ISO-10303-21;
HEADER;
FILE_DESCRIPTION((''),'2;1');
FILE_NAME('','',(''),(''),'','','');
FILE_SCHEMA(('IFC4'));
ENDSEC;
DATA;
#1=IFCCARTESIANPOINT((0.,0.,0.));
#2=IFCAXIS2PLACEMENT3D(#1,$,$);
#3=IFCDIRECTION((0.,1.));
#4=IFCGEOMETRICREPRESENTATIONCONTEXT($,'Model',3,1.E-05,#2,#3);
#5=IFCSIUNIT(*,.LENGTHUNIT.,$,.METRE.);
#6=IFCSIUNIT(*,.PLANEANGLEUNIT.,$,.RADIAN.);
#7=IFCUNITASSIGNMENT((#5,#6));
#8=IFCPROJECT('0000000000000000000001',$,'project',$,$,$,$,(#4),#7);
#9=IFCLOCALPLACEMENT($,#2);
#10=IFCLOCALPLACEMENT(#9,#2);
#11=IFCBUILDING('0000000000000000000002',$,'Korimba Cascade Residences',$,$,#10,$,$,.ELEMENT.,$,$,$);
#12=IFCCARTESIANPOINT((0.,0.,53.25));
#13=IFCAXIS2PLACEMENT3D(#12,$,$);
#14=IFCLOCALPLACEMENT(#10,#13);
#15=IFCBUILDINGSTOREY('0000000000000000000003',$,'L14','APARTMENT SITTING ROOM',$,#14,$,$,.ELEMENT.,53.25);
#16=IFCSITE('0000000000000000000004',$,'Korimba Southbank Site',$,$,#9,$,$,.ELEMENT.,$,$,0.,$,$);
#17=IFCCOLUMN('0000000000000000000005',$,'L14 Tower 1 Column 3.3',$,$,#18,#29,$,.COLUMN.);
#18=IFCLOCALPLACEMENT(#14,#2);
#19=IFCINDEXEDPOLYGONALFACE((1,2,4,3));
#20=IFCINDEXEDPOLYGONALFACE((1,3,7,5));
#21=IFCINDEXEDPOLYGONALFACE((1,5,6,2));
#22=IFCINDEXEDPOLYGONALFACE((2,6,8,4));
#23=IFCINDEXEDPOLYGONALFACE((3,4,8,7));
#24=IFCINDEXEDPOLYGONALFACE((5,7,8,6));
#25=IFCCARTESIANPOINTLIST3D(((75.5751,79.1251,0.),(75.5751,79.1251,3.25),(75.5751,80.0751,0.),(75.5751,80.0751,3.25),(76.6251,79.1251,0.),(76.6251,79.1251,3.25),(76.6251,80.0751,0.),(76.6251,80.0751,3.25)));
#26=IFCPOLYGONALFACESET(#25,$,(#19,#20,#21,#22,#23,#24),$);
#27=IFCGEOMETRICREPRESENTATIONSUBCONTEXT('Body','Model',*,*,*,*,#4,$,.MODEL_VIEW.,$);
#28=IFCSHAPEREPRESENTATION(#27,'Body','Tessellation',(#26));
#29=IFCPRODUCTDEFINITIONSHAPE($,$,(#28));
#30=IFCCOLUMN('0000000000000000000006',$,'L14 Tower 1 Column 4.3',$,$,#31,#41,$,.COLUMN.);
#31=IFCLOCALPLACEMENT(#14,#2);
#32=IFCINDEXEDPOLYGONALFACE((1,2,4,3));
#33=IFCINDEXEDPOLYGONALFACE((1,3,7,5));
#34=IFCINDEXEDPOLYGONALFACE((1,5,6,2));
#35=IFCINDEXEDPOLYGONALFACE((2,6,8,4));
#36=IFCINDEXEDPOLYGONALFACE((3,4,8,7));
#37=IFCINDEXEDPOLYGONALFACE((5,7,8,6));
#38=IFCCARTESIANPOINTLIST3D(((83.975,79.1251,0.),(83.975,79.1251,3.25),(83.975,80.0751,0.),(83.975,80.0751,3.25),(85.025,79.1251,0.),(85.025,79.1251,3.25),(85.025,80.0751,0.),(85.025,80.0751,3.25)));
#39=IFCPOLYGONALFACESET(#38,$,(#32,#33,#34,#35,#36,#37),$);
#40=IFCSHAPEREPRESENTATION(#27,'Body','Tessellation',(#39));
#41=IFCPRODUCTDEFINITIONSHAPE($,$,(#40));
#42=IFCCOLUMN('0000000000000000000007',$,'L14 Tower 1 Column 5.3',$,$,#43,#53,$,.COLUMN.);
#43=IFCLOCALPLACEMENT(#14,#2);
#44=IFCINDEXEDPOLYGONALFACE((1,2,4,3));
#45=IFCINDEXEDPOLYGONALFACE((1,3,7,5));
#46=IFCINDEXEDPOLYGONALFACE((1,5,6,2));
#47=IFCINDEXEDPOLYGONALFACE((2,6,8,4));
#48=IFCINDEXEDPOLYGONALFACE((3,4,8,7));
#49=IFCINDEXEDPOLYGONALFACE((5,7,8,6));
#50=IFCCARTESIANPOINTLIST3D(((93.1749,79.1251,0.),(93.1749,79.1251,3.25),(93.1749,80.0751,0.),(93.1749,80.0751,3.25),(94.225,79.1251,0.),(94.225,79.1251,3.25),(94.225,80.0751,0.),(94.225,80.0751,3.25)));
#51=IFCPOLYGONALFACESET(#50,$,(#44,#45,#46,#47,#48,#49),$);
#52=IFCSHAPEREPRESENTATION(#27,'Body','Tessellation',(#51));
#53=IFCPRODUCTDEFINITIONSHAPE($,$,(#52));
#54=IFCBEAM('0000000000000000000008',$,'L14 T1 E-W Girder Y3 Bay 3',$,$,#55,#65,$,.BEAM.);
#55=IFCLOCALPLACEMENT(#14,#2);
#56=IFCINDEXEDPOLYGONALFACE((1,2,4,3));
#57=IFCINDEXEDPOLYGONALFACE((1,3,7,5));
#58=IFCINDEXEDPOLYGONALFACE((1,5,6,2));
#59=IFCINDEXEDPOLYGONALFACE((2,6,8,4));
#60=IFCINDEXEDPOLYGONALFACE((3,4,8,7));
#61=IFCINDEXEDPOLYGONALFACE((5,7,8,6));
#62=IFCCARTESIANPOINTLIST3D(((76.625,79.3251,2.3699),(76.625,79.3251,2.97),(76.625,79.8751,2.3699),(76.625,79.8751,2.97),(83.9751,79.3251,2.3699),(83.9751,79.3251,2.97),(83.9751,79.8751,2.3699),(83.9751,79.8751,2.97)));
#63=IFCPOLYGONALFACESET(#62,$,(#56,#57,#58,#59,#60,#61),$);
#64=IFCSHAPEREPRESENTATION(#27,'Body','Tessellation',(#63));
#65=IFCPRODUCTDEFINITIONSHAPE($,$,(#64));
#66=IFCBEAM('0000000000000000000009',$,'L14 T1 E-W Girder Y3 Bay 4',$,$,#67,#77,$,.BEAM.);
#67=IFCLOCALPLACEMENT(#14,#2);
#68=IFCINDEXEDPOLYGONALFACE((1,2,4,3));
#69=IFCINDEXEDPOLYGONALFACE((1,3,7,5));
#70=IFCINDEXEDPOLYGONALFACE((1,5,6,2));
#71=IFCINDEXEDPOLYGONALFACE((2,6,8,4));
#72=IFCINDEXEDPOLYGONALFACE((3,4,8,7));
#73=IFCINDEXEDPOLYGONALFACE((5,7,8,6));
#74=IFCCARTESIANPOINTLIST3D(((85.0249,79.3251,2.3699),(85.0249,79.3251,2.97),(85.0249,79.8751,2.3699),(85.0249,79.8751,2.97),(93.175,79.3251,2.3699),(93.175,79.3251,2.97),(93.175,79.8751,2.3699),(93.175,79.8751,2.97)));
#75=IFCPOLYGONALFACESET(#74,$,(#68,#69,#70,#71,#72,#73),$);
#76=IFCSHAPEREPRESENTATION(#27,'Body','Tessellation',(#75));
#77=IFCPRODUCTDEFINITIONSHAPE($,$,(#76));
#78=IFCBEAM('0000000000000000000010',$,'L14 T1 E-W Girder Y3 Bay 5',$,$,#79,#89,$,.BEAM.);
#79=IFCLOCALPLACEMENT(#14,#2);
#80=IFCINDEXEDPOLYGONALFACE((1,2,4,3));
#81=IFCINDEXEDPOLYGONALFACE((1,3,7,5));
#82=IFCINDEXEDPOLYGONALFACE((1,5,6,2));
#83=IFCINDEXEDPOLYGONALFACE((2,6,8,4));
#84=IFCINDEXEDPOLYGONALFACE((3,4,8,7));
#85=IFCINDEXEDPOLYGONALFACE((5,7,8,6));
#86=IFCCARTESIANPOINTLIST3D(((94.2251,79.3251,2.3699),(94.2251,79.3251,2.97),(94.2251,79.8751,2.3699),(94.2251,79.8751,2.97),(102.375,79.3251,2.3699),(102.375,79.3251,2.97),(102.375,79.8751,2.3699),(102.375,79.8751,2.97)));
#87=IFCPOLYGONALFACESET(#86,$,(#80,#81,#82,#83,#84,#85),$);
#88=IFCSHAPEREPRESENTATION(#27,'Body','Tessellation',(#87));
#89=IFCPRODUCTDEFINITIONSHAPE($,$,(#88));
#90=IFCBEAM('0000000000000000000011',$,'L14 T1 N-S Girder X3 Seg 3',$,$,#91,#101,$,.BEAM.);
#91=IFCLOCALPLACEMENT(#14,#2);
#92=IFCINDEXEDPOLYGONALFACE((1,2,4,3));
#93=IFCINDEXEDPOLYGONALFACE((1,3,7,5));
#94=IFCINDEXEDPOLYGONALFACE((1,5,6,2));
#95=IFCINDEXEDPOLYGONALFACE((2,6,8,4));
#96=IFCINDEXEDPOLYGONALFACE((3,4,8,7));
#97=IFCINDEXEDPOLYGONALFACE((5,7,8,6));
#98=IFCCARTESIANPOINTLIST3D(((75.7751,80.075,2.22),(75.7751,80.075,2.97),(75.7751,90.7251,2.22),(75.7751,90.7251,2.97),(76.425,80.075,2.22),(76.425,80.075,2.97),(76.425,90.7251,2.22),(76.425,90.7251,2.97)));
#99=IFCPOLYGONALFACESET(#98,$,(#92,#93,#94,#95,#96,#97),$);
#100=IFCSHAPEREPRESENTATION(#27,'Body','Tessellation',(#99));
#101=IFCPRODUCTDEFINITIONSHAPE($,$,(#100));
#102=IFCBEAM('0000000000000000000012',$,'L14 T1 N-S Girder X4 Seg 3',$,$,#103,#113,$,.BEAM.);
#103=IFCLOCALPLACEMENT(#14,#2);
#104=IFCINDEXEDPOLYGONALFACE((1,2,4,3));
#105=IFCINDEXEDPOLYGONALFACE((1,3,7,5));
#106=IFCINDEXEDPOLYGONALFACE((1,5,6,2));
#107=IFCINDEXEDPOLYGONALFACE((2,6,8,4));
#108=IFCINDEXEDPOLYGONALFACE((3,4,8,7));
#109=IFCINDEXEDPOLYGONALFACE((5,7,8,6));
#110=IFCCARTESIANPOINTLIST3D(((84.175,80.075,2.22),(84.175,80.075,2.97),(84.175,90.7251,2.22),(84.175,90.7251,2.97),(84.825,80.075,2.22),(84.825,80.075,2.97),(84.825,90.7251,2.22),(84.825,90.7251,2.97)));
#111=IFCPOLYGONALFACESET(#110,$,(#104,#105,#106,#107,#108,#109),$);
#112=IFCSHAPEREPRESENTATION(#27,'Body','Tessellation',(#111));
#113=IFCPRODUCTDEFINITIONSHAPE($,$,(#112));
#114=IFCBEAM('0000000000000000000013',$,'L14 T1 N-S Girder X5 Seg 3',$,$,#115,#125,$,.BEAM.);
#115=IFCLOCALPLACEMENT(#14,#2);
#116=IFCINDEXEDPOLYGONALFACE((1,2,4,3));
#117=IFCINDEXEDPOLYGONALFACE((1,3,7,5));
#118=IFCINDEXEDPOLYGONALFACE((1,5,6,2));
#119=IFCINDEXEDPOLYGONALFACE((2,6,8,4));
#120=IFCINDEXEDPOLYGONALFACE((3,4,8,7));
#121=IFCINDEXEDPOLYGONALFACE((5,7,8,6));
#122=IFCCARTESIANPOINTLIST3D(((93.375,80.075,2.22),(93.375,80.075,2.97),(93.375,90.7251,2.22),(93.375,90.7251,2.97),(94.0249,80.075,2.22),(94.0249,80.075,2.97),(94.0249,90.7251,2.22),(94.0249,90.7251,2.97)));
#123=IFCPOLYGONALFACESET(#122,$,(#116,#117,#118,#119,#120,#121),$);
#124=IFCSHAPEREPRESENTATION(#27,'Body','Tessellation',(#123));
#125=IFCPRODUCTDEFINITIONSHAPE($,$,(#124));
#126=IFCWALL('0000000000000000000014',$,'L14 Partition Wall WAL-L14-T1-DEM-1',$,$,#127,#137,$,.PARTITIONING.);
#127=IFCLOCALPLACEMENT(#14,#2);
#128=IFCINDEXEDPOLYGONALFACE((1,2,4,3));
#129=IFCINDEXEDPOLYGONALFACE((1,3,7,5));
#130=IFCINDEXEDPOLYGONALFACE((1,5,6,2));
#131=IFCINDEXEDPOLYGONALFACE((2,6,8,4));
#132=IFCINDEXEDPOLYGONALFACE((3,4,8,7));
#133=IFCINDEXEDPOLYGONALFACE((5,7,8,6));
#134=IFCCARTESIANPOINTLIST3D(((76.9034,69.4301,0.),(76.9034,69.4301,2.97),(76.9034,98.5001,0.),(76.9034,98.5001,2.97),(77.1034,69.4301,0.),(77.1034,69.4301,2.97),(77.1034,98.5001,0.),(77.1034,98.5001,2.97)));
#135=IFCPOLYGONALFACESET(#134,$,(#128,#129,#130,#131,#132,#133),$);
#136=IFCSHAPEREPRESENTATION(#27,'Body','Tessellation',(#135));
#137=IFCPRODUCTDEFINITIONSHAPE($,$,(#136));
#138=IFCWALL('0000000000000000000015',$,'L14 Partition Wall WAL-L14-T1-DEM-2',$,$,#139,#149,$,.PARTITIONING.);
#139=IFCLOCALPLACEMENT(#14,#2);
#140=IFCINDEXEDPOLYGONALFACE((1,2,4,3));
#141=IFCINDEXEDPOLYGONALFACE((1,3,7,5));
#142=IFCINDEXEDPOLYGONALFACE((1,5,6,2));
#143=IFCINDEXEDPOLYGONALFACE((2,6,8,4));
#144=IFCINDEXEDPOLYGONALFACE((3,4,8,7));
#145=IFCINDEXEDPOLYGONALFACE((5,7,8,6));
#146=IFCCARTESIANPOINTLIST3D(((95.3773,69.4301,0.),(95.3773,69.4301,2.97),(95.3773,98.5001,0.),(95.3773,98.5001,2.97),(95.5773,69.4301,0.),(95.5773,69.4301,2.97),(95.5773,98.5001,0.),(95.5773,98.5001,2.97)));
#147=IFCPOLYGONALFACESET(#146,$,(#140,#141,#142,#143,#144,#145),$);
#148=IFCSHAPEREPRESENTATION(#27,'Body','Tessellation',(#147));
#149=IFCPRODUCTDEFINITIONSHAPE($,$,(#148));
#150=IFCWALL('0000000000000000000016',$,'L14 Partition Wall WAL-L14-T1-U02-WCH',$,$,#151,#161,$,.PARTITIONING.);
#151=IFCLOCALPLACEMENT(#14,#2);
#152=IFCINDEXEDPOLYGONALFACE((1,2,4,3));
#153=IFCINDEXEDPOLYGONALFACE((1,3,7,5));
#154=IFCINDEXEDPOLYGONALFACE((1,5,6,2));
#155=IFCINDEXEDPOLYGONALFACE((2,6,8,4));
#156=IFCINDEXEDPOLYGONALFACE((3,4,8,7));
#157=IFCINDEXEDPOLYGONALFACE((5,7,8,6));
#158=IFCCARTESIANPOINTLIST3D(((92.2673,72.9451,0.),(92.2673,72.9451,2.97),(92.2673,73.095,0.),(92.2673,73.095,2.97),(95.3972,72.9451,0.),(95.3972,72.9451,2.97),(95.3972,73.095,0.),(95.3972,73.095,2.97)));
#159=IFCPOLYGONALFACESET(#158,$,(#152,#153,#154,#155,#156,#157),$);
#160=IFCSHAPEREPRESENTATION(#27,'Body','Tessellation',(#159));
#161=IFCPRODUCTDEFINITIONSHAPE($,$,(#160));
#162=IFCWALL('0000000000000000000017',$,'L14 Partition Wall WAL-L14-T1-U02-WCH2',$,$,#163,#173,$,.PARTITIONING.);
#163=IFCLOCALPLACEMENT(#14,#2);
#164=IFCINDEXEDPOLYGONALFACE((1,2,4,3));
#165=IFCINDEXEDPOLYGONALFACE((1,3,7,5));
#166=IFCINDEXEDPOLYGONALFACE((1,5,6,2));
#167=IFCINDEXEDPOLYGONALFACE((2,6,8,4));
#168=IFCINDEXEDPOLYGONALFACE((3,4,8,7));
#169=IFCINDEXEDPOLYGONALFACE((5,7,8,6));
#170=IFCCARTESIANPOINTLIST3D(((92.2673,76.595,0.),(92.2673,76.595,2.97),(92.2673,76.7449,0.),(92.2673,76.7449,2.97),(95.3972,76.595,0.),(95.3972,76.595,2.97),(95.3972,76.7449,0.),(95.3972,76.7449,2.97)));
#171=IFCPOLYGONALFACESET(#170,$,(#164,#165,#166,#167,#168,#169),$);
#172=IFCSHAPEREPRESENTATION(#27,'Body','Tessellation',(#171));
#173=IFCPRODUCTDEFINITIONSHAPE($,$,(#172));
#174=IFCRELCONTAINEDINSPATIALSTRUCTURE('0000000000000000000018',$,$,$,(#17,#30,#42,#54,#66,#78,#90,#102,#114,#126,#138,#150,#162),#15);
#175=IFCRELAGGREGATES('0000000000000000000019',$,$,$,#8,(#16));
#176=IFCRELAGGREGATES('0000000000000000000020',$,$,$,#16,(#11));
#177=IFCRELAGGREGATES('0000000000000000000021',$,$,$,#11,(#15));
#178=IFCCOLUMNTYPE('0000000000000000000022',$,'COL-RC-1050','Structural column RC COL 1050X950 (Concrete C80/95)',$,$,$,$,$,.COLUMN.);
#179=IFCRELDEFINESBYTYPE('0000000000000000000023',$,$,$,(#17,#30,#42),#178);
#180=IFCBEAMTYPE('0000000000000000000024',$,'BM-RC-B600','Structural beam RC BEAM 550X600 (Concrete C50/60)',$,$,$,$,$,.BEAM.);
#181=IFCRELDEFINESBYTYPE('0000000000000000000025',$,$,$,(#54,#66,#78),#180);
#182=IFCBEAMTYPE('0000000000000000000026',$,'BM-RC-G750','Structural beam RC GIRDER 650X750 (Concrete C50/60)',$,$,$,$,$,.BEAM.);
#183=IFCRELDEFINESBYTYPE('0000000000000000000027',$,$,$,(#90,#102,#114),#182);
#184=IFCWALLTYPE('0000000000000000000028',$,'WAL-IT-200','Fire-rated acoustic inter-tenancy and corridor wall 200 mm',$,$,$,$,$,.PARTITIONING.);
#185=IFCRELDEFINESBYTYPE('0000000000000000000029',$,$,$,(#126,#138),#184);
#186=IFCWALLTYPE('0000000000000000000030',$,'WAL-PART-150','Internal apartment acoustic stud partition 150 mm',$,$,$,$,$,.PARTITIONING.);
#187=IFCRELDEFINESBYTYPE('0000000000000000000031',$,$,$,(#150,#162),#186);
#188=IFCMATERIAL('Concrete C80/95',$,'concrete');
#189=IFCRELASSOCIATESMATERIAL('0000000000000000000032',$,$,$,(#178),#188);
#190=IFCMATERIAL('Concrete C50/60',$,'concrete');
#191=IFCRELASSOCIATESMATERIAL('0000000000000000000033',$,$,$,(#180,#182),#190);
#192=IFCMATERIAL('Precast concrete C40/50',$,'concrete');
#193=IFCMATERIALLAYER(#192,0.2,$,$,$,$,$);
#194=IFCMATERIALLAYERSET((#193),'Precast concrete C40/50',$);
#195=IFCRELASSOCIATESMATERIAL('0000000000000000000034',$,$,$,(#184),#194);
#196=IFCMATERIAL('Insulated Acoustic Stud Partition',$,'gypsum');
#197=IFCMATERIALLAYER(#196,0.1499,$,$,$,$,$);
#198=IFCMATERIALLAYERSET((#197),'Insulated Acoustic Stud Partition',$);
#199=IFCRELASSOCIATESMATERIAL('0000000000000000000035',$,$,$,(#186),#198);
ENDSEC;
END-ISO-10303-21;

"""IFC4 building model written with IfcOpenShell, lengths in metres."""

from ifc_helpers import new_model, si_unit, direction, frame, frame_2d, origin, origin_2d, place, context, subcontext, project, spatial, rectangle, extrude, material, layer, layer_set, material_profile, profile_set, type_object, element, save


model = new_model("IFC4")

# Units and contexts
model_context = context("Model", 3, precision=1e-05, world=origin(), true_north=direction((0.0, 1.0)))
body_context = subcontext(model_context, "Body", "Model", "MODEL_VIEW")
ifc_project = project(units=[si_unit("LENGTHUNIT", "METRE"), si_unit("PLANEANGLEUNIT", "RADIAN")], contexts=[model_context])

# Site, building, storey
site_placement = place(None, origin())
site = spatial("IfcSite", under=ifc_project, at=site_placement, Name="Korimba Southbank Site", CompositionType="ELEMENT", RefElevation=0.0)
building_placement = place(site_placement, origin())
building = spatial("IfcBuilding", under=site, at=building_placement, Name="Korimba Cascade Residences", CompositionType="ELEMENT")
storey_placement = place(building_placement, frame((0.0, 0.0, 53.25)))
storey = spatial("IfcBuildingStorey", under=building, at=storey_placement, Name="L14", Description="APARTMENT SITTING ROOM", CompositionType="ELEMENT", Elevation=53.25)

# Columns
ifc_material_1 = material(Name="Concrete C80/95", Category="concrete")
ifc_material_profile_1 = material_profile(ifc_material_1, rectangle(XDim=1.05, YDim=0.95, at=origin_2d()), Name="Concrete C80/95")
ifc_profile_set_1 = profile_set([ifc_material_profile_1], Name="Concrete C80/95")
column_type = type_object("IfcColumnType", Name="COL-RC-1050", Description="Structural column RC COL 1050X950 (Concrete C80/95)", PredefinedType="COLUMN", material=ifc_profile_set_1)
for number, where, z_axis, x_axis, name in (
    (1, (76.1001, 79.6001, 0.0), (0.0, 0.0, 1.0), (1.0, 0.0, 0.0), "L14 Tower 1 Column 3.3"),
    (2, (84.5, 79.6001, 0.0), (0.0, 0.0, 1.0), (1.0, 0.0, 0.0), "L14 Tower 1 Column 4.3"),
    (3, (93.7, 79.6001, 0.0), (0.0, 0.0, 1.0), (1.0, 0.0, 0.0), "L14 Tower 1 Column 5.3"),
):
    element("IfcColumn", number, at=place(storey_placement, frame(where, z_axis=z_axis, x_axis=x_axis)), inside=storey, type_object=column_type, Name=name, PredefinedType="COLUMN", context=body_context, shape_type="SweptSolid", body=[
        extrude(rectangle(XDim=1.05, YDim=0.95, at=origin_2d()), origin(), (0.0, 0.0, 1.0), 3.25),
    ])

# Beams
ifc_material_2 = material(Name="Concrete C50/60", Category="concrete")
ifc_material_profile_2 = material_profile(ifc_material_2, rectangle(XDim=0.55, YDim=0.6001, at=origin_2d()), Name="Concrete C50/60")
ifc_profile_set_2 = profile_set([ifc_material_profile_2], Name="Concrete C50/60")
beam_type_1 = type_object("IfcBeamType", Name="BM-RC-B600", Description="Structural beam RC BEAM 550X600 (Concrete C50/60)", PredefinedType="BEAM", material=ifc_profile_set_2)
beam_1_placement = place(storey_placement, frame((76.625, 79.6001, 2.6699), z_axis=(1.0, 0.0, 0.0), x_axis=(0.0, 1.0, 0.0)))
element("IfcBeam", 4, at=beam_1_placement, inside=storey, type_object=beam_type_1, Name="L14 T1 E-W Girder Y3 Bay 3", PredefinedType="BEAM", context=body_context, shape_type="SweptSolid", body=[
    extrude(rectangle(XDim=0.55, YDim=0.6001, at=origin_2d()), origin(), (0.0, 0.0, 1.0), 7.3501),
])
beam_2_placement = place(storey_placement, frame((85.0249, 79.6001, 2.6699), z_axis=(1.0, 0.0, 0.0), x_axis=(0.0, 1.0, 0.0)))
element("IfcBeam", 5, at=beam_2_placement, inside=storey, type_object=beam_type_1, Name="L14 T1 E-W Girder Y3 Bay 4", PredefinedType="BEAM", context=body_context, shape_type="SweptSolid", body=[
    extrude(rectangle(XDim=0.55, YDim=0.6001, at=origin_2d()), origin(), (0.0, 0.0, 1.0), 8.1501),
])
beam_3_placement = place(storey_placement, frame((94.2251, 79.6001, 2.6699), z_axis=(1.0, 0.0, 0.0), x_axis=(0.0, 1.0, 0.0)))
element("IfcBeam", 6, at=beam_3_placement, inside=storey, type_object=beam_type_1, Name="L14 T1 E-W Girder Y3 Bay 5", PredefinedType="BEAM", context=body_context, shape_type="SweptSolid", body=[
    extrude(rectangle(XDim=0.55, YDim=0.6001, at=origin_2d()), origin(), (0.0, 0.0, 1.0), 8.1499),
])
ifc_material_profile_3 = material_profile(ifc_material_2, rectangle(XDim=0.6499, YDim=0.75, at=origin_2d()), Name="Concrete C50/60")
ifc_profile_set_3 = profile_set([ifc_material_profile_3], Name="Concrete C50/60")
beam_type_2 = type_object("IfcBeamType", Name="BM-RC-G750", Description="Structural beam RC GIRDER 650X750 (Concrete C50/60)", PredefinedType="BEAM", material=ifc_profile_set_3)
for number, where, z_axis, x_axis, name in (
    (7, (76.1001, 80.075, 2.595), (0.0, 1.0, 0.0), (-1.0, 0.0, 0.0), "L14 T1 N-S Girder X3 Seg 3"),
    (8, (84.5, 80.075, 2.595), (0.0, 1.0, 0.0), (-1.0, 0.0, 0.0), "L14 T1 N-S Girder X4 Seg 3"),
    (9, (93.7, 80.075, 2.595), (0.0, 1.0, 0.0), (-1.0, 0.0, 0.0), "L14 T1 N-S Girder X5 Seg 3"),
):
    element("IfcBeam", number, at=place(storey_placement, frame(where, z_axis=z_axis, x_axis=x_axis)), inside=storey, type_object=beam_type_2, Name=name, PredefinedType="BEAM", context=body_context, shape_type="SweptSolid", body=[
        extrude(rectangle(XDim=0.6499, YDim=0.75, at=origin_2d()), origin(), (0.0, 0.0, 1.0), 10.6501),
    ])

# Walls
ifc_material_3 = material(Name="Precast concrete C40/50", Category="concrete")
ifc_layer_1 = layer(ifc_material_3, 0.2)
ifc_layer_set_1 = layer_set([ifc_layer_1], Name="Precast concrete C40/50")
wall_type_1 = type_object("IfcWallType", Name="WAL-IT-200", Description="Fire-rated acoustic inter-tenancy and corridor wall 200 mm", PredefinedType="PARTITIONING", material=ifc_layer_set_1)
for number, where, z_axis, x_axis, name in (
    (10, (77.0034, 69.4299, 0.0), (0.0, 0.0, 1.0), (0.0, 1.0, 0.0), "L14 Partition Wall WAL-L14-T1-DEM-1"),
    (11, (95.4773, 69.4299, 0.0), (0.0, 0.0, 1.0), (0.0, 1.0, 0.0), "L14 Partition Wall WAL-L14-T1-DEM-2"),
):
    element("IfcWall", number, at=place(storey_placement, frame(where, z_axis=z_axis, x_axis=x_axis)), inside=storey, type_object=wall_type_1, Name=name, PredefinedType="PARTITIONING", context=body_context, shape_type="SweptSolid", body=[
        extrude(rectangle(XDim=29.0701, YDim=0.2, at=frame_2d((14.5352, 0.0))), origin(), (0.0, 0.0, 1.0), 2.97),
    ])
ifc_material_4 = material(Name="Insulated Acoustic Stud Partition", Category="gypsum")
ifc_layer_2 = layer(ifc_material_4, 0.1499)
ifc_layer_set_2 = layer_set([ifc_layer_2], Name="Insulated Acoustic Stud Partition")
wall_type_2 = type_object("IfcWallType", Name="WAL-PART-150", Description="Internal apartment acoustic stud partition 150 mm", PredefinedType="PARTITIONING", material=ifc_layer_set_2)
for number, where, z_axis, x_axis, name in (
    (12, (92.2673, 73.02, 0.0), (0.0, 0.0, 1.0), (1.0, 0.0, 0.0), "L14 Partition Wall WAL-L14-T1-U02-WCH"),
    (13, (92.2673, 76.6699, 0.0), (0.0, 0.0, 1.0), (1.0, 0.0, 0.0), "L14 Partition Wall WAL-L14-T1-U02-WCH2"),
):
    element("IfcWall", number, at=place(storey_placement, frame(where, z_axis=z_axis, x_axis=x_axis)), inside=storey, type_object=wall_type_2, Name=name, PredefinedType="PARTITIONING", context=body_context, shape_type="SweptSolid", body=[
        extrude(rectangle(XDim=3.1299, YDim=0.1499, at=frame_2d((1.5649, 0.0))), origin(), (0.0, 0.0, 1.0), 2.97),
    ])

save(model, "model.ifc")
